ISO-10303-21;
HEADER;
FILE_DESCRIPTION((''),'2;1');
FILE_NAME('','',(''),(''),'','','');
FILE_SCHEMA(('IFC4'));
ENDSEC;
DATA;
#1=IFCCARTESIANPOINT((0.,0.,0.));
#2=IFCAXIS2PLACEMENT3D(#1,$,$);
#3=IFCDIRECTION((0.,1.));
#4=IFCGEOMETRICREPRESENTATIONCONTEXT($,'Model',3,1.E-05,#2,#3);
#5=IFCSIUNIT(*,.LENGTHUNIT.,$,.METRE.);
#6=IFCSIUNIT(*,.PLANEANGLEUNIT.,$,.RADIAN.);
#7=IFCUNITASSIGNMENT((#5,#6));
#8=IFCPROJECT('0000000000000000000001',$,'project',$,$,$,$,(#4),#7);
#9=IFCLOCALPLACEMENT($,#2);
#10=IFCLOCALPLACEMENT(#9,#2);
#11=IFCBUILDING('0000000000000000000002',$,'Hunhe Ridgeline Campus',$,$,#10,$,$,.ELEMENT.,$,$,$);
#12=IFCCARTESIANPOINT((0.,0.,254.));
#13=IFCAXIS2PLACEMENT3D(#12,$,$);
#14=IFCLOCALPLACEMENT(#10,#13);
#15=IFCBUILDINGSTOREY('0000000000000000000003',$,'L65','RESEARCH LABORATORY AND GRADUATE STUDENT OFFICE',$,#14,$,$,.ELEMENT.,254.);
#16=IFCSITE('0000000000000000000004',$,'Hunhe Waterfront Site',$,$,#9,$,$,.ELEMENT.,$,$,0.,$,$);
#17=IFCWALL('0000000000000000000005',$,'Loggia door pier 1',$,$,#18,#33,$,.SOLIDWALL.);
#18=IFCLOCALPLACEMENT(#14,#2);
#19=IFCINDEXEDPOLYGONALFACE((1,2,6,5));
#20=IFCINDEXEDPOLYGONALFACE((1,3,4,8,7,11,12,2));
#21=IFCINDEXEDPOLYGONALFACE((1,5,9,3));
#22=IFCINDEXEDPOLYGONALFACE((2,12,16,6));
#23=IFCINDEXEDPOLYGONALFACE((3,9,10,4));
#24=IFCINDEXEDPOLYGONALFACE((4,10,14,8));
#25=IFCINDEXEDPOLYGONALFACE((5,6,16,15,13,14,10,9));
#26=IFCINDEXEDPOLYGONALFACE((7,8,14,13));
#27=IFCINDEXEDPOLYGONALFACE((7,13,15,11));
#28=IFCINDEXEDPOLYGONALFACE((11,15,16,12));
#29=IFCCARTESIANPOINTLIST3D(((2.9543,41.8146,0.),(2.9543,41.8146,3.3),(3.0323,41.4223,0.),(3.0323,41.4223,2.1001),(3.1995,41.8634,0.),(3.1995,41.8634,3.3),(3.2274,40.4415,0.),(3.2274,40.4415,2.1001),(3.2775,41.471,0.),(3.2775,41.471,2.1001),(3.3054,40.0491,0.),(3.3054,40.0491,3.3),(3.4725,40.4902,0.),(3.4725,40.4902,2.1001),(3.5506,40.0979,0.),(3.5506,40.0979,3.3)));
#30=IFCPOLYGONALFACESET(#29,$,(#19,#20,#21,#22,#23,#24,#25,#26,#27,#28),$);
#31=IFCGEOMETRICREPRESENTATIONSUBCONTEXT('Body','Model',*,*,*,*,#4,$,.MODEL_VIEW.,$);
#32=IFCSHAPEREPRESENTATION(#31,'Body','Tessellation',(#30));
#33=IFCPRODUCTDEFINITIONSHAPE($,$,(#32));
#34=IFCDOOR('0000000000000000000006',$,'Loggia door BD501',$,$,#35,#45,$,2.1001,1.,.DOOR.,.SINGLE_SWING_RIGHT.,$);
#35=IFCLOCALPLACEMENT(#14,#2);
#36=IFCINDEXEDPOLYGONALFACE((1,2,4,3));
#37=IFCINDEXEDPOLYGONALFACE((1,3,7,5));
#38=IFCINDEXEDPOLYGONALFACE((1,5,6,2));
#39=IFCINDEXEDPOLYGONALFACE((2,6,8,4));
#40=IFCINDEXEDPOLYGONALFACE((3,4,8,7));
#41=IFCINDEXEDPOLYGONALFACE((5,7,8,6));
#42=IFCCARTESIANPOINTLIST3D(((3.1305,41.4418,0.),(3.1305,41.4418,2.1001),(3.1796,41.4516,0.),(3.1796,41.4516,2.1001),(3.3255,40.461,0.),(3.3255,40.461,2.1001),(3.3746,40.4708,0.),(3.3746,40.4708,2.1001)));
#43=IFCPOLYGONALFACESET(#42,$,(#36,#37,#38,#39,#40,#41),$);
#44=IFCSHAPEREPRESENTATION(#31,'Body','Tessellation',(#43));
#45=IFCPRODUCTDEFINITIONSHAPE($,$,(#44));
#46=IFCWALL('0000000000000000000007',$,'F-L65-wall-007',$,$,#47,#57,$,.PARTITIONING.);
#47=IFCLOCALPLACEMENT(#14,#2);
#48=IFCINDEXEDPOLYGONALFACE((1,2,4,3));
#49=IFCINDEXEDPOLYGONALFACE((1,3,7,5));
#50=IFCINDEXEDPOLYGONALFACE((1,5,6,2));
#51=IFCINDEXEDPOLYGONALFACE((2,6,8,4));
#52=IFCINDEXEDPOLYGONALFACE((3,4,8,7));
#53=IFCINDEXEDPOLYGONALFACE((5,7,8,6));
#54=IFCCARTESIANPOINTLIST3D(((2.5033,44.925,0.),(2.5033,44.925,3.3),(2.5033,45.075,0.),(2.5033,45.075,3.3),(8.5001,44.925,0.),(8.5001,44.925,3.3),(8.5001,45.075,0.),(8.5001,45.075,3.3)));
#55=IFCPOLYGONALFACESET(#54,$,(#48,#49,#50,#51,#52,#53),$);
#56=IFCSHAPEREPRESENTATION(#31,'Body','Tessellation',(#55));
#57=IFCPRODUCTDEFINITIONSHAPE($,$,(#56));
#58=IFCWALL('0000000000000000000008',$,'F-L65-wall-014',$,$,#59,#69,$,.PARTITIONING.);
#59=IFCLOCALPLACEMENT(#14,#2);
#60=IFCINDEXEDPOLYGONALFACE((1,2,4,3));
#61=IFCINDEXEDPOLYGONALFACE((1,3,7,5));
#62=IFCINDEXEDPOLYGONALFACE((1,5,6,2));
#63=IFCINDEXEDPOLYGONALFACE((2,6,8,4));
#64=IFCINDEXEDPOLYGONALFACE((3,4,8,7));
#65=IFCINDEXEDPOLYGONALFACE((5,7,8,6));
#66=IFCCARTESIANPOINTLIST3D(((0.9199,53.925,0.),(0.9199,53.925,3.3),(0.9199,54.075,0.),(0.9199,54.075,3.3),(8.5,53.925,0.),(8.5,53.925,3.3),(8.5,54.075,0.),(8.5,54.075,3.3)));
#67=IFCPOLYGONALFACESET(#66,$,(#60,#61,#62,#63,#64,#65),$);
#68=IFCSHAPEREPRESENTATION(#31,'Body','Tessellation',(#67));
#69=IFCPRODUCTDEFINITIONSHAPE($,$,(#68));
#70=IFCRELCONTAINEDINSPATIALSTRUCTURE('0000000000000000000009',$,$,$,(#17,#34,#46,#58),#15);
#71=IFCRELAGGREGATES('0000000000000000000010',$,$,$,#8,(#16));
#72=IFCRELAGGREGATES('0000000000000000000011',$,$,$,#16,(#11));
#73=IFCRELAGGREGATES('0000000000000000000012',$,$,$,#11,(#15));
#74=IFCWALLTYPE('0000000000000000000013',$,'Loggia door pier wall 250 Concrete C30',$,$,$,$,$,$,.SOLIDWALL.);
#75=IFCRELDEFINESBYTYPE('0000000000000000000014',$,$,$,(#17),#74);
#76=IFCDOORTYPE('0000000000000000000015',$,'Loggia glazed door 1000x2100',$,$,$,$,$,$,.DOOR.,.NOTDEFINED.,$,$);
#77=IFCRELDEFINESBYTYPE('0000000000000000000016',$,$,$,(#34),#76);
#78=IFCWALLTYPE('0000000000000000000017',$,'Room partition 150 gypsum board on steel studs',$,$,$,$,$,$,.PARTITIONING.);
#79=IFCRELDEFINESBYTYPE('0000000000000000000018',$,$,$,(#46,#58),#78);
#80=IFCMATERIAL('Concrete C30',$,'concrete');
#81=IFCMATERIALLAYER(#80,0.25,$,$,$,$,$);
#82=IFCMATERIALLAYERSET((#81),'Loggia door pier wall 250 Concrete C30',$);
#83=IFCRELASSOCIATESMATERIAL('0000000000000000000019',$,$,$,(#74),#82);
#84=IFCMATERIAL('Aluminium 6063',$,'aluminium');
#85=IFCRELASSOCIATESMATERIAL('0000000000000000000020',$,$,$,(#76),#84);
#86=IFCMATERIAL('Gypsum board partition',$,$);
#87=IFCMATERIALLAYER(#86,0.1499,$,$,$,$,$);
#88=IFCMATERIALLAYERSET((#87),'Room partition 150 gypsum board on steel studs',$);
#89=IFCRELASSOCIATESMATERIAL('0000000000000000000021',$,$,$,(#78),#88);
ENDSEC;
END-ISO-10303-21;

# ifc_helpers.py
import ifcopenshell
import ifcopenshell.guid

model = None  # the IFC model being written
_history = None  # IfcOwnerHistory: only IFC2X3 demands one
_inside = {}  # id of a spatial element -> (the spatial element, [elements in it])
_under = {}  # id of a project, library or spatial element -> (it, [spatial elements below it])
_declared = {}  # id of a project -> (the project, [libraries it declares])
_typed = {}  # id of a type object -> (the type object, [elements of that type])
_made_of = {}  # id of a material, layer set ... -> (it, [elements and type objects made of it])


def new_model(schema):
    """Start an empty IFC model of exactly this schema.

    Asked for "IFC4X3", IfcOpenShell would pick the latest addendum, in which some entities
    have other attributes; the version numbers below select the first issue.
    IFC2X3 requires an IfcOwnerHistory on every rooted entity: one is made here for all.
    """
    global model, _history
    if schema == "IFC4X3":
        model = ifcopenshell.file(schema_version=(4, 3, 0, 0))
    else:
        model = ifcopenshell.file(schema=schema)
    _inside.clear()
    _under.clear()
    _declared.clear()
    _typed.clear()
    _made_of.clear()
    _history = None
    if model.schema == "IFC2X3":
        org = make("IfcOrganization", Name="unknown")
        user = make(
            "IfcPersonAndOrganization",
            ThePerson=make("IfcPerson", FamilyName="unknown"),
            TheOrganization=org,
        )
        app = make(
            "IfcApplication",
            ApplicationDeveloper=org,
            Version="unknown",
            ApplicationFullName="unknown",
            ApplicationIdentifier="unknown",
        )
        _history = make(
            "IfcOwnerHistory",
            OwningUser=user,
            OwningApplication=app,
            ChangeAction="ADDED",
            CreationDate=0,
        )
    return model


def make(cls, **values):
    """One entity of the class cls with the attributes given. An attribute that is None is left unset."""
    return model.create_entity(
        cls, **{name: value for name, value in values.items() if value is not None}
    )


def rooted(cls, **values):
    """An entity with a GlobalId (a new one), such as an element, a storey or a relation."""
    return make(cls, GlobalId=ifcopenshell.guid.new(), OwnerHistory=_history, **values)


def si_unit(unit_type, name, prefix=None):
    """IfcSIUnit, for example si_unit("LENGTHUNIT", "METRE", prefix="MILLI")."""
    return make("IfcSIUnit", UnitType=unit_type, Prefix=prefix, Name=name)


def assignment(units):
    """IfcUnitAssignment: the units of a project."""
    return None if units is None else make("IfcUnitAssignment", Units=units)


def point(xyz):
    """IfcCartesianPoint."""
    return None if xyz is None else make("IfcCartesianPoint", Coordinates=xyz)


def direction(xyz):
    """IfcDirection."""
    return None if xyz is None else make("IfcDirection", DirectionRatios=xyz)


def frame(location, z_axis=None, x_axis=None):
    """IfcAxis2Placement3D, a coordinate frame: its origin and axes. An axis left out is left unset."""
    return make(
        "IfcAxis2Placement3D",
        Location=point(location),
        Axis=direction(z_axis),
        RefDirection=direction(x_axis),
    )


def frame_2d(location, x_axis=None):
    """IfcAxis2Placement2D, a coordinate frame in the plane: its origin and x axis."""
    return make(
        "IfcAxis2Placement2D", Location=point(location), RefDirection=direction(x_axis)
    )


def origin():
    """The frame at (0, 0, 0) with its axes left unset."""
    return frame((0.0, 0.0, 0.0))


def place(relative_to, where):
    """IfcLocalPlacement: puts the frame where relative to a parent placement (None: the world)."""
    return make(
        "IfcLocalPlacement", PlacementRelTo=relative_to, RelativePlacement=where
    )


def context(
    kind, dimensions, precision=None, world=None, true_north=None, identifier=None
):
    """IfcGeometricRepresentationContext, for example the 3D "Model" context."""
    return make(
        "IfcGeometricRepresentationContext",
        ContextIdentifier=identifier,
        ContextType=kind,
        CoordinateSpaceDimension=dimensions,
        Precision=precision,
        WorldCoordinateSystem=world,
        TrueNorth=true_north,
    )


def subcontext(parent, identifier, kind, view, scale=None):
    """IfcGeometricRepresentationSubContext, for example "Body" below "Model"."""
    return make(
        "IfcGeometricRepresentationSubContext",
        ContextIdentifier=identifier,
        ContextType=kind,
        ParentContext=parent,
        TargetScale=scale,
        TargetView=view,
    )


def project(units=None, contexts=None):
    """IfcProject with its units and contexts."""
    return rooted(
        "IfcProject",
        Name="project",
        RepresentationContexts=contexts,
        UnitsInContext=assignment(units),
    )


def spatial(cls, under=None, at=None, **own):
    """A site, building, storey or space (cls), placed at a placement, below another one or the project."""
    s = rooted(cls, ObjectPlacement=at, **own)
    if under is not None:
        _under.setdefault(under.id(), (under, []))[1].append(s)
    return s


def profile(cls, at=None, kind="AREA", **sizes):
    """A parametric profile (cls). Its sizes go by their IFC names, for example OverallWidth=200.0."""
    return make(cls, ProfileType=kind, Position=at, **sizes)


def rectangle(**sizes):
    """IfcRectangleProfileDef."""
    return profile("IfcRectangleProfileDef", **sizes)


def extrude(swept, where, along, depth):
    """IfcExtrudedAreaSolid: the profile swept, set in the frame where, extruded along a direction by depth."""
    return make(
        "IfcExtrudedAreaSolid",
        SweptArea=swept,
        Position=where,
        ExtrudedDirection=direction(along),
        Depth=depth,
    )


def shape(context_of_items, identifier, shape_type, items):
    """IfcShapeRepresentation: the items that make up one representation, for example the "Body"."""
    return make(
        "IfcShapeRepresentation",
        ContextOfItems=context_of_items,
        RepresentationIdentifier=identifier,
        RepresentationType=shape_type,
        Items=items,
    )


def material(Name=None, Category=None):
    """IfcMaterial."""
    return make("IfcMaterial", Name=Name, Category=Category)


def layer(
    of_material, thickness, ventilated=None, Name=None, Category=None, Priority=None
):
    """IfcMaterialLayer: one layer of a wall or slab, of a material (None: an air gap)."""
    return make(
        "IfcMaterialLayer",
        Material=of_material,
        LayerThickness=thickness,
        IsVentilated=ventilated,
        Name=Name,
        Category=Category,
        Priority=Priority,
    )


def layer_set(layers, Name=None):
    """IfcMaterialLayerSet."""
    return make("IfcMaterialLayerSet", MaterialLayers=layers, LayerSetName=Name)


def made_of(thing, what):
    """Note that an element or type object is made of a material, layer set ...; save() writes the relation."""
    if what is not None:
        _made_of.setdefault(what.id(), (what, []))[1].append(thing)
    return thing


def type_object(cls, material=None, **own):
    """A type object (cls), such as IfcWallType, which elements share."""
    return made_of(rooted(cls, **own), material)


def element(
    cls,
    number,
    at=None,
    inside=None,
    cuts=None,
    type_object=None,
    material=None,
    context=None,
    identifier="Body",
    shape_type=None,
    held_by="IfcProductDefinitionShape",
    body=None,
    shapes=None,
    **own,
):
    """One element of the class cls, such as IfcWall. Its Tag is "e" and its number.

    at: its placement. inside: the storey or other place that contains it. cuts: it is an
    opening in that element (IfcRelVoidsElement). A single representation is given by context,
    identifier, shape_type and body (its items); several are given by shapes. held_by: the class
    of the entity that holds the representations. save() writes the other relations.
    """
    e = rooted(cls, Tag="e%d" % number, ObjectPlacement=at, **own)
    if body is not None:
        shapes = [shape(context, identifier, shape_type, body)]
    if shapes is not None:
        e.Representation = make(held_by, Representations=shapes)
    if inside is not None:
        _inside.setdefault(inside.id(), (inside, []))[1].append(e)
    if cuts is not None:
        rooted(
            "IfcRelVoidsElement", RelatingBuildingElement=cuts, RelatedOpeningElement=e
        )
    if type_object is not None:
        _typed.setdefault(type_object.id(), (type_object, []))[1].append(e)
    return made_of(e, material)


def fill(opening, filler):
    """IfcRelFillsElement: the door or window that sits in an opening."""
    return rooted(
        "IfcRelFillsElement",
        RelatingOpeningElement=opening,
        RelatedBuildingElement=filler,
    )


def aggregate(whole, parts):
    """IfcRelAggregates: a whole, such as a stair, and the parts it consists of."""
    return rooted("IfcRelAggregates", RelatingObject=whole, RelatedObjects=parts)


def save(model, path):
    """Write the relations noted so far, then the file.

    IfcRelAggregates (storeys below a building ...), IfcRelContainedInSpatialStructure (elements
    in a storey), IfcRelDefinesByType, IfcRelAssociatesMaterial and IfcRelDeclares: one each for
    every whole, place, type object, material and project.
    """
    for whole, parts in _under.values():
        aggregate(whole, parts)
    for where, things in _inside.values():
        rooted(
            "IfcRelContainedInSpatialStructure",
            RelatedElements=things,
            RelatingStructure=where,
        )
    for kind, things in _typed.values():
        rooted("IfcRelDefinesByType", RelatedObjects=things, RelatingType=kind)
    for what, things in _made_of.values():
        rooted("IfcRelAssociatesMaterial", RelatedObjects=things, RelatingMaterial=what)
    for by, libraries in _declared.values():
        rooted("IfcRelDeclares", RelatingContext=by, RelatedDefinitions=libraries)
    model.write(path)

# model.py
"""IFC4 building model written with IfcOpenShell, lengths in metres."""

from ifc_helpers import new_model, si_unit, direction, frame, frame_2d, origin, place, context, subcontext, project, spatial, rectangle, extrude, material, layer, layer_set, type_object, element, fill, save


model = new_model("IFC4")

# Units and contexts
model_context = context("Model", 3, precision=1e-05, world=origin(), true_north=direction((0.0, 1.0)))
body_context = subcontext(model_context, "Body", "Model", "MODEL_VIEW")
ifc_project = project(units=[si_unit("LENGTHUNIT", "METRE"), si_unit("PLANEANGLEUNIT", "RADIAN")], contexts=[model_context])

# Site, building, storey
site_placement = place(None, origin())
site = spatial("IfcSite", under=ifc_project, at=site_placement, Name="Hunhe Waterfront Site", CompositionType="ELEMENT", RefElevation=0.0)
building_placement = place(site_placement, origin())
building = spatial("IfcBuilding", under=site, at=building_placement, Name="Hunhe Ridgeline Campus", CompositionType="ELEMENT")
storey_placement = place(building_placement, frame((0.0, 0.0, 254.0)))
storey = spatial("IfcBuildingStorey", under=building, at=storey_placement, Name="L65", Description="RESEARCH LABORATORY AND GRADUATE STUDENT OFFICE", CompositionType="ELEMENT", Elevation=254.0)

# Shared definitions
ifc_material_1 = material(Name="Aluminium 6063", Category="aluminium")

# Shared definitions
ifc_material_2 = material(Name="Concrete C30", Category="concrete")

# Wall, opening, door
ifc_layer_1 = layer(ifc_material_2, 0.25)
ifc_layer_set_1 = layer_set([ifc_layer_1], Name="Loggia door pier wall 250 Concrete C30")
wall_type_1 = type_object("IfcWallType", Name="Loggia door pier wall 250 Concrete C30", PredefinedType="SOLIDWALL", material=ifc_layer_set_1)
wall_1_placement = place(storey_placement, frame((3.0769, 41.8389, 0.0), z_axis=(0.0, 0.0, 1.0), x_axis=(0.195047, -0.980794, 0.0)))
wall_1 = element("IfcWall", 1, at=wall_1_placement, inside=storey, type_object=wall_type_1, Name="Loggia door pier 1", PredefinedType="SOLIDWALL", context=body_context, shape_type="SweptSolid", body=[
    extrude(rectangle(XDim=1.8, YDim=0.25, at=frame_2d((0.8999, 0.0))), origin(), (0.0, 0.0, 1.0), 3.3),
])
opening_placement = place(wall_1_placement, frame((0.3999, 0.0, 0.0)))
opening = element("IfcOpeningElement", 2, at=opening_placement, cuts=wall_1, PredefinedType="OPENING", context=body_context, shape_type="SweptSolid", body=[
    extrude(rectangle(XDim=1.0, YDim=2.1001, at=frame_2d((0.5, 1.05))), frame((0.0, 0.125, 0.0), z_axis=(0.0, -1.0, 0.0), x_axis=(1.0, 0.0, 0.0)), (0.0, 0.0, 1.0), 0.25),
])
door_type = type_object("IfcDoorType", Name="Loggia glazed door 1000x2100", OperationType="NOTDEFINED", PredefinedType="DOOR", material=ifc_material_1)
door_placement = place(opening_placement, frame((1.0, 0.0, 0.0), z_axis=(0.0, 0.0, 1.0), x_axis=(-1.0, 0.0, 0.0)))
door = element("IfcDoor", 3, at=door_placement, inside=storey, type_object=door_type, Name="Loggia door BD501", OperationType="SINGLE_SWING_RIGHT", OverallHeight=2.1001, OverallWidth=1.0, PredefinedType="DOOR", context=body_context, shape_type="SweptSolid", body=[
    extrude(rectangle(XDim=1.0, YDim=2.1001, at=frame_2d((0.5, 1.05))), frame((0.0, 0.0249, 0.0), z_axis=(0.0, -1.0, 0.0), x_axis=(1.0, 0.0, 0.0)), (0.0, 0.0, 1.0), 0.05),
])
fill(opening, door)

# Walls
ifc_material_3 = material(Name="Gypsum board partition")
ifc_layer_2 = layer(ifc_material_3, 0.1499)
ifc_layer_set_2 = layer_set([ifc_layer_2], Name="Room partition 150 gypsum board on steel studs")
wall_type_2 = type_object("IfcWallType", Name="Room partition 150 gypsum board on steel studs", PredefinedType="PARTITIONING", material=ifc_layer_set_2)
wall_2_placement = place(storey_placement, frame((2.5032, 45.0, 0.0), z_axis=(0.0, 0.0, 1.0), x_axis=(1.0, 0.0, 0.0)))
element("IfcWall", 4, at=wall_2_placement, inside=storey, type_object=wall_type_2, Name="F-L65-wall-007", PredefinedType="PARTITIONING", context=body_context, shape_type="SweptSolid", body=[
    extrude(rectangle(XDim=5.9968, YDim=0.1499, at=frame_2d((2.9985, 0.0))), origin(), (0.0, 0.0, 1.0), 3.3),
])
wall_3_placement = place(storey_placement, frame((0.9199, 54.0, 0.0), z_axis=(0.0, 0.0, 1.0), x_axis=(1.0, 0.0, 0.0)))
element("IfcWall", 5, at=wall_3_placement, inside=storey, type_object=wall_type_2, Name="F-L65-wall-014", PredefinedType="PARTITIONING", context=body_context, shape_type="SweptSolid", body=[
    extrude(rectangle(XDim=7.5801, YDim=0.1499, at=frame_2d((3.79, 0.0))), origin(), (0.0, 0.0, 1.0), 3.3),
])

save(model, "model.ifc")
